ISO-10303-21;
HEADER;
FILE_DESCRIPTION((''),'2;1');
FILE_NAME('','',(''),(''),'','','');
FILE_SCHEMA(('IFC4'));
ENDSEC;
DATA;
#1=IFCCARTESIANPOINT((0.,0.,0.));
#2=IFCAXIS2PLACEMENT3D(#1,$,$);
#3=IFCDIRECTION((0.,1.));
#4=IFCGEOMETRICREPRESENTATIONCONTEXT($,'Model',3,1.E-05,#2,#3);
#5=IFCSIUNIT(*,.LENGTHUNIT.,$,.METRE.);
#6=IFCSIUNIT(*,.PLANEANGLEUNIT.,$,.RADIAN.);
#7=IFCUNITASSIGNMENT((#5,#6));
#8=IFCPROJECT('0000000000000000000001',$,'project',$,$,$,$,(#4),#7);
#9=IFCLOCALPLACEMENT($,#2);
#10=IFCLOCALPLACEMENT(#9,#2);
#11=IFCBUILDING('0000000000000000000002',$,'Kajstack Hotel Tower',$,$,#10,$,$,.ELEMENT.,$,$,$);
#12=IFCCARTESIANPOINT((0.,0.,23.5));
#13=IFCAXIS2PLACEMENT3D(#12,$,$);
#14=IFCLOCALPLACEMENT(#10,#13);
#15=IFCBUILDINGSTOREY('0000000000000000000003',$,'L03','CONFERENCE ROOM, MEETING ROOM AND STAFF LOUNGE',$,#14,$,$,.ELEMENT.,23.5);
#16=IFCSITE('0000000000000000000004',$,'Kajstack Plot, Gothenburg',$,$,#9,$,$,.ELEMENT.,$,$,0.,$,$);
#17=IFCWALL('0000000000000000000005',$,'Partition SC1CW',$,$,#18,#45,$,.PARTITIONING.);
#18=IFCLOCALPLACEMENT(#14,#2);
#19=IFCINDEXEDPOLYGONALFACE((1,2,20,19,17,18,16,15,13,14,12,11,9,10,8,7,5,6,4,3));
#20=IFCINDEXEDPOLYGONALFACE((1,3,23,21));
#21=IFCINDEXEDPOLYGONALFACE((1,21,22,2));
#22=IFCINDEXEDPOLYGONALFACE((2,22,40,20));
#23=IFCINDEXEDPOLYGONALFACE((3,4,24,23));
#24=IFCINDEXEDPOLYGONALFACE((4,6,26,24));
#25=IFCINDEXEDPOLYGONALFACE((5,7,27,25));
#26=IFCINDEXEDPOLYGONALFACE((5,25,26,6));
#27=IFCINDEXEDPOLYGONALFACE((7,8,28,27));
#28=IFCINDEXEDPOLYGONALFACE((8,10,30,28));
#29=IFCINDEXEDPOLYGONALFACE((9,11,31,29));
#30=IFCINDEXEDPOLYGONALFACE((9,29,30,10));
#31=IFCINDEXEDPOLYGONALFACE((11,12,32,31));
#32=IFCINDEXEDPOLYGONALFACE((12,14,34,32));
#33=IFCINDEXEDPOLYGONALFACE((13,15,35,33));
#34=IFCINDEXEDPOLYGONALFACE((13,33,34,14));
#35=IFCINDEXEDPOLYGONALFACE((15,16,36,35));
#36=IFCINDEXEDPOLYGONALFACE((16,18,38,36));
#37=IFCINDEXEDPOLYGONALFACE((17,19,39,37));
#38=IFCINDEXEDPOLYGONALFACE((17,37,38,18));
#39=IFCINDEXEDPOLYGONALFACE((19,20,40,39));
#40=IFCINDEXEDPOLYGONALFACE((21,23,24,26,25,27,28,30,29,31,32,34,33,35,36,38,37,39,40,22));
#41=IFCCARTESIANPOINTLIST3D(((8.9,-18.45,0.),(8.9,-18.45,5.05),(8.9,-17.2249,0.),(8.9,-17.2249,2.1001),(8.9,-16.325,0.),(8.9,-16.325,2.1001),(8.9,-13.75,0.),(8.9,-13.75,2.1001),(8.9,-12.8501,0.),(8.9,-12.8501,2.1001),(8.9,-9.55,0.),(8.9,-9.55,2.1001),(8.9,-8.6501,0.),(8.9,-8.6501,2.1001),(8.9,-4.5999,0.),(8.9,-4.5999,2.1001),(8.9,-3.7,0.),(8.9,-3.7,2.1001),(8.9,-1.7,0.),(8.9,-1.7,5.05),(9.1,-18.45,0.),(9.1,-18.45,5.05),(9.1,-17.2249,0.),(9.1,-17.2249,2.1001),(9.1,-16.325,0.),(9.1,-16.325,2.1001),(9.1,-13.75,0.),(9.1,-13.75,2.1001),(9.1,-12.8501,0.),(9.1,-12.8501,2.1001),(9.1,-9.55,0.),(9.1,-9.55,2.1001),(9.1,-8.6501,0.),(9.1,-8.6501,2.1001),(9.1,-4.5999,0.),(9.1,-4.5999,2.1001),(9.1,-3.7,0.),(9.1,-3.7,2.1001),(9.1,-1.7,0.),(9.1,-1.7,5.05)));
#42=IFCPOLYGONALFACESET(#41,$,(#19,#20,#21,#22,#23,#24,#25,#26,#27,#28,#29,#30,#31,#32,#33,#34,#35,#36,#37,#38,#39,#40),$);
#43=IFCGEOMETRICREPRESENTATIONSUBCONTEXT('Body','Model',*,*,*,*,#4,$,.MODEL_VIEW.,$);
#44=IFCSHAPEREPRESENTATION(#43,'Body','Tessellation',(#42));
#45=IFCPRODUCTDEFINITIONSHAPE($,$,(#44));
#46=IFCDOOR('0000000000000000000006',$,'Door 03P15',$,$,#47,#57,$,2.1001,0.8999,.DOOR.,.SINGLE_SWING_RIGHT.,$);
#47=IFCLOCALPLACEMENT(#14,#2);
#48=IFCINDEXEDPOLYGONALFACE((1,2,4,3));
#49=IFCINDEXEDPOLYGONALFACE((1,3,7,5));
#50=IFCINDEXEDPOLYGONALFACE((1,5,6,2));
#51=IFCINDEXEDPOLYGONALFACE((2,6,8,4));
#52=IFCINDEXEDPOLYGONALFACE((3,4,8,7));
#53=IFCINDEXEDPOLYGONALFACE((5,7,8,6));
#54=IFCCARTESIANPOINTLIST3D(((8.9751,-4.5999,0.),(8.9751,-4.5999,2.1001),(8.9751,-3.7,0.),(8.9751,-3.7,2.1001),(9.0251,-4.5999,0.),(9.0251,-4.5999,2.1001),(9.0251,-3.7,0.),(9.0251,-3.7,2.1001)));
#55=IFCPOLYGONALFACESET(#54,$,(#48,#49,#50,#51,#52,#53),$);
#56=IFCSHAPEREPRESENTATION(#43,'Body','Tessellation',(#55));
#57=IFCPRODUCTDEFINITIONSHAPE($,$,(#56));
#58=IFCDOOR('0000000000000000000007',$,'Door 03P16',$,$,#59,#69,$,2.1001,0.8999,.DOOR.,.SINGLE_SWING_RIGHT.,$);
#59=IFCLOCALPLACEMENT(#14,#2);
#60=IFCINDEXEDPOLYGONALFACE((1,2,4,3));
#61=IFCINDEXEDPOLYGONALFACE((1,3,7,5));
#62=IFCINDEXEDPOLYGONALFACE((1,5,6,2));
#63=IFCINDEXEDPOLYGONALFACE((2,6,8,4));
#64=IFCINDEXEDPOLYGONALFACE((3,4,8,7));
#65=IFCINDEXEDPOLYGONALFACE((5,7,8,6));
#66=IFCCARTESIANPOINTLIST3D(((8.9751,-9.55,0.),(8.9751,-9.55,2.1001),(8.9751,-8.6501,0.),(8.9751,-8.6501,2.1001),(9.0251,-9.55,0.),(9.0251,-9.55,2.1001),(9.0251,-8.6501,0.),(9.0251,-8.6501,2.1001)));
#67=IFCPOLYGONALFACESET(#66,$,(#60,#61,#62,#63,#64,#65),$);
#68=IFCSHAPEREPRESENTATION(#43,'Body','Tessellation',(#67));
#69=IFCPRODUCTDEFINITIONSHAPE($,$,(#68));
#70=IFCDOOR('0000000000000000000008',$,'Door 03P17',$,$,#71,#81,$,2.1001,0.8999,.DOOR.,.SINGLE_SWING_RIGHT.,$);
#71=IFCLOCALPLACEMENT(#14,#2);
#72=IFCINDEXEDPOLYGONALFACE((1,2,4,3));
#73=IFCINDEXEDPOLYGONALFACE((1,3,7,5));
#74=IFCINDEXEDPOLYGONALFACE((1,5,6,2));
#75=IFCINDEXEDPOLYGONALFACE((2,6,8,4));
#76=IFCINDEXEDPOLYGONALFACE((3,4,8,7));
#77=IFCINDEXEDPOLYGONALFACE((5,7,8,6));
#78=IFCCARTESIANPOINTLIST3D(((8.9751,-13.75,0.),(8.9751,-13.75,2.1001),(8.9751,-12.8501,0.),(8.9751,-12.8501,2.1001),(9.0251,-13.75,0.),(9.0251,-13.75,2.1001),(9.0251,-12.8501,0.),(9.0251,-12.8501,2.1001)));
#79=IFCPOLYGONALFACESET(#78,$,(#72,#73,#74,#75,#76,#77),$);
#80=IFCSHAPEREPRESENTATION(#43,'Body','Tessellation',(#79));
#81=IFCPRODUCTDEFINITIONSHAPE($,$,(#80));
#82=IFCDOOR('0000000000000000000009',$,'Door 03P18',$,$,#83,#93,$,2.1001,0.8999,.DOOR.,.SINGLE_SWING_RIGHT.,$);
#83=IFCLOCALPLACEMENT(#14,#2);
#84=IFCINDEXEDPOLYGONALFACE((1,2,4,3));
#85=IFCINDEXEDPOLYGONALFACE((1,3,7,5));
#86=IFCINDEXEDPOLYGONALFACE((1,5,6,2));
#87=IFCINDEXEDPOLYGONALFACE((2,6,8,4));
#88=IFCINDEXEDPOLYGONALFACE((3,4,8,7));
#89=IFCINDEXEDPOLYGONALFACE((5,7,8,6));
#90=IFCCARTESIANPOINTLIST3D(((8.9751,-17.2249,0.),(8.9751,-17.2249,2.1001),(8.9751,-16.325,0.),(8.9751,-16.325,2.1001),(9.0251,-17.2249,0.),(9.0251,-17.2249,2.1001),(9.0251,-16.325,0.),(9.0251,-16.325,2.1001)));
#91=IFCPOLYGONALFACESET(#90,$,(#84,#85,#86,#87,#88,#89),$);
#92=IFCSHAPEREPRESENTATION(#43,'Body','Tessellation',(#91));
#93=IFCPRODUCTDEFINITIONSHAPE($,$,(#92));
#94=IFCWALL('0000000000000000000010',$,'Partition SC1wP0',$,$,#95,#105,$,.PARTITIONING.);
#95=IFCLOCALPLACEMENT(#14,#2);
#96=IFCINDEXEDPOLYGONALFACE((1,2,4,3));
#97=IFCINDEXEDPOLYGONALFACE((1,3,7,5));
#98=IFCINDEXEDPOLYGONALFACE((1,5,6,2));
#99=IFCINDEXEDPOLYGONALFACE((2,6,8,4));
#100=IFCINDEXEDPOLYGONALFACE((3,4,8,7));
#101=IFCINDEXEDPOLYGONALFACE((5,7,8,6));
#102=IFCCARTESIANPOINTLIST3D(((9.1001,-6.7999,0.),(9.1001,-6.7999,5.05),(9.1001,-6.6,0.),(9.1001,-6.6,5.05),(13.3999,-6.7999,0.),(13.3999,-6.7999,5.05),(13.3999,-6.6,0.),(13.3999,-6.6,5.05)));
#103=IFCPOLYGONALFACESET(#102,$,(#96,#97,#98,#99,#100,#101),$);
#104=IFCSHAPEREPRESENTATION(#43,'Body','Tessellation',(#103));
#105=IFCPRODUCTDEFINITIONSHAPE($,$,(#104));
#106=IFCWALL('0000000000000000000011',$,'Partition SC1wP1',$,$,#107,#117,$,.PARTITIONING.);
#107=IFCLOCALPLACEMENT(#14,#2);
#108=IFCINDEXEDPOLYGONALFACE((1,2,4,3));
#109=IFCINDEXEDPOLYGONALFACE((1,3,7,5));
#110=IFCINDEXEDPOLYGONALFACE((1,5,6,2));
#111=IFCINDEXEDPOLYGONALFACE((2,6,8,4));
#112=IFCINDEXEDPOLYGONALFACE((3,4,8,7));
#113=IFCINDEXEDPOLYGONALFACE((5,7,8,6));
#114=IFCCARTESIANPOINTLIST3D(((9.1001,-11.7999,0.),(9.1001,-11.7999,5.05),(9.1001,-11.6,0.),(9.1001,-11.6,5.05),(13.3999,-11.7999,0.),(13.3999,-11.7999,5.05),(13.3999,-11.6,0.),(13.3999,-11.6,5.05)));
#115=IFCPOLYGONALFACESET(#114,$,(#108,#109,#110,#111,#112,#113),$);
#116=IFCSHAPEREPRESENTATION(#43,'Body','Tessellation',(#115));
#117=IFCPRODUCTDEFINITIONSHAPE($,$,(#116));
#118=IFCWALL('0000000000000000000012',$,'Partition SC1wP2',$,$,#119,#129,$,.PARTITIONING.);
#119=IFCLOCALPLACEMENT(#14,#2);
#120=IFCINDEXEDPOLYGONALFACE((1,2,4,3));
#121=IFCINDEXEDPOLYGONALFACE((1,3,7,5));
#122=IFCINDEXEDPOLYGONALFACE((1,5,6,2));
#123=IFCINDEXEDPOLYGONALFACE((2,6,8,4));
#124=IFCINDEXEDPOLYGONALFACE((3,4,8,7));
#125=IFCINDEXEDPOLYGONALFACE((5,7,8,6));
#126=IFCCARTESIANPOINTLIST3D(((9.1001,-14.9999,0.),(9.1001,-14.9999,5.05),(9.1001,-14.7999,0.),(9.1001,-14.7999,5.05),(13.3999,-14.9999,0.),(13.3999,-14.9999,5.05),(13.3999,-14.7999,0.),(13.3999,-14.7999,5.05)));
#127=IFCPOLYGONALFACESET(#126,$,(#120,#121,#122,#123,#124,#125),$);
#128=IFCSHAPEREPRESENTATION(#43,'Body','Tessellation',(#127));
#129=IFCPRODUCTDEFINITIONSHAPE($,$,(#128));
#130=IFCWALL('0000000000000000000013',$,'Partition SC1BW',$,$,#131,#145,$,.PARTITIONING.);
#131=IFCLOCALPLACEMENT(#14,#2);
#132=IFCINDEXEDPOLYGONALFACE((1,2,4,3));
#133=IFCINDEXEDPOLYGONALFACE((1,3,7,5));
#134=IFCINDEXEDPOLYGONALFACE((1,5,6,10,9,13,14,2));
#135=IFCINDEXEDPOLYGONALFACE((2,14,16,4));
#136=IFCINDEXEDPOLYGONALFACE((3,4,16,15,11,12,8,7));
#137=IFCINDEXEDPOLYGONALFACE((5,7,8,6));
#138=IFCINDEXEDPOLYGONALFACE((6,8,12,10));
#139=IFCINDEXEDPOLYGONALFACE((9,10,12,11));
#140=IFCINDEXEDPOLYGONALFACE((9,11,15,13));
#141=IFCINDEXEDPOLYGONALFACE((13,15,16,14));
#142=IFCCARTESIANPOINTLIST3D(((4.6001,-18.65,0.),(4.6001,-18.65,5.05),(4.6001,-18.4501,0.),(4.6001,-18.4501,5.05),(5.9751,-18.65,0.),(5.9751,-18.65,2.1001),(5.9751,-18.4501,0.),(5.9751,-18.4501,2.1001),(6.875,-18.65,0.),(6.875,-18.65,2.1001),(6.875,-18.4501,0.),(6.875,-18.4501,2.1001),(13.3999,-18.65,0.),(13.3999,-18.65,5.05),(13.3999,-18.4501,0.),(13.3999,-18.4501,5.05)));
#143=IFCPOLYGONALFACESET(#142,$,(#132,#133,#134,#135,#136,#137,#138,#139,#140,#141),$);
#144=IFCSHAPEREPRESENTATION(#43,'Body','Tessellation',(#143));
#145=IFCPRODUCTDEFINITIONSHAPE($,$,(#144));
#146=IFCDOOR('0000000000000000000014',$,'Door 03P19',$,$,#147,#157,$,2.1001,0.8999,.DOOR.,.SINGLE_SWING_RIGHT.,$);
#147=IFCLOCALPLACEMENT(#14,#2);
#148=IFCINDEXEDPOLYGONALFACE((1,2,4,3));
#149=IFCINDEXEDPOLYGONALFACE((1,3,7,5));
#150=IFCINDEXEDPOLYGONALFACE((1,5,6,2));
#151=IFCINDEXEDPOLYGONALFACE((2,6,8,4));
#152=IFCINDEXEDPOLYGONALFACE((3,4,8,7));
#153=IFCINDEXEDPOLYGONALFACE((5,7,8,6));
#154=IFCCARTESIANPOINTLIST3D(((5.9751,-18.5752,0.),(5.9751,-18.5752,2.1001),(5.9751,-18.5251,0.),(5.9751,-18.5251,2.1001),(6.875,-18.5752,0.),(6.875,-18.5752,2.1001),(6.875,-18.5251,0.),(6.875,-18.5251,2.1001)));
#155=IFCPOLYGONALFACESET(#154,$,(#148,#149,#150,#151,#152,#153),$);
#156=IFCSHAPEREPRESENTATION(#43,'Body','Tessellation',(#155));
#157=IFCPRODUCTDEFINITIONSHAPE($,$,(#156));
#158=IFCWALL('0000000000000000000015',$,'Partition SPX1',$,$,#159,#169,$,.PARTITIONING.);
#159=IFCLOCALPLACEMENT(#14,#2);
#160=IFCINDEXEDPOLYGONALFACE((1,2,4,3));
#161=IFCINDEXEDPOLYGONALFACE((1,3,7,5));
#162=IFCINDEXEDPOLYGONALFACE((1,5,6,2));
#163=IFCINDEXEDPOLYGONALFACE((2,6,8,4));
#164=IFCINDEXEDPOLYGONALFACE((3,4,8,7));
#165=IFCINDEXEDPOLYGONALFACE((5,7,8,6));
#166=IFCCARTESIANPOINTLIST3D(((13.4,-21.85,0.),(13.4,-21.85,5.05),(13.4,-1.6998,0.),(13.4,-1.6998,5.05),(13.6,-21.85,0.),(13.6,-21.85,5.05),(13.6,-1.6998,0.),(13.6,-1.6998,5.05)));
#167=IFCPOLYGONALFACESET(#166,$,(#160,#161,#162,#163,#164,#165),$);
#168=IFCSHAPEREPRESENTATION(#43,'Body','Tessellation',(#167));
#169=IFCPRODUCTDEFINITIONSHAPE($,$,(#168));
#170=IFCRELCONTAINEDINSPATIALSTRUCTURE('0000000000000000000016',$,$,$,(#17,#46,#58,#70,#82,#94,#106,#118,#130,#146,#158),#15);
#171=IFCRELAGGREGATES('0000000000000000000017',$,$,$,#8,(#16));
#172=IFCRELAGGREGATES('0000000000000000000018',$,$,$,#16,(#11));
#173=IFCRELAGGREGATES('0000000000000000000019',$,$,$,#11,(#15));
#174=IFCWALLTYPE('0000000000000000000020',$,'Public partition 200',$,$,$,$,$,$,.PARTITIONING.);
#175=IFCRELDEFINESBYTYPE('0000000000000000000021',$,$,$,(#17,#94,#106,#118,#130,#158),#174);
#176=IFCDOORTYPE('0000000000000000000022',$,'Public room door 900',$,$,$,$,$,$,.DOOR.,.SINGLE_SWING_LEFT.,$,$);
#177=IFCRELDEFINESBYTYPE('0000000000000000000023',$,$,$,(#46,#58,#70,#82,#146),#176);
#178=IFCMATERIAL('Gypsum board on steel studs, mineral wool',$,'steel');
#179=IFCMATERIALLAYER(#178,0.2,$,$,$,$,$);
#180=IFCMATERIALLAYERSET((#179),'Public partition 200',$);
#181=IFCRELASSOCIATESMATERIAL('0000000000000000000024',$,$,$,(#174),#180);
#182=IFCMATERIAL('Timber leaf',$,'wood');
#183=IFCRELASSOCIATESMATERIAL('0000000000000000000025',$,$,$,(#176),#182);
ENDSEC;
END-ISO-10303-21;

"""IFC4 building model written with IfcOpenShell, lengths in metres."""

from ifc_helpers import new_model, si_unit, direction, frame, frame_2d, origin, place, context, subcontext, project, spatial, rectangle, extrude, material, layer, layer_set, type_object, element, fill, save


model = new_model("IFC4")

# Units and contexts
model_context = context("Model", 3, precision=1e-05, world=origin(), true_north=direction((0.0, 1.0)))
body_context = subcontext(model_context, "Body", "Model", "MODEL_VIEW")
ifc_project = project(units=[si_unit("LENGTHUNIT", "METRE"), si_unit("PLANEANGLEUNIT", "RADIAN")], contexts=[model_context])

# Site, building, storey
site_placement = place(None, origin())
site = spatial("IfcSite", under=ifc_project, at=site_placement, Name="Kajstack Plot, Gothenburg", CompositionType="ELEMENT", RefElevation=0.0)
building_placement = place(site_placement, origin())
building = spatial("IfcBuilding", under=site, at=building_placement, Name="Kajstack Hotel Tower", CompositionType="ELEMENT")
storey_placement = place(building_placement, frame((0.0, 0.0, 23.5)))
storey = spatial("IfcBuildingStorey", under=building, at=storey_placement, Name="L03", Description="CONFERENCE ROOM, MEETING ROOM AND STAFF LOUNGE", CompositionType="ELEMENT", Elevation=23.5)

# Shared definitions
ifc_material_1 = material(Name="Gypsum board on steel studs, mineral wool", Category="steel")
ifc_layer_1 = layer(ifc_material_1, 0.2)
ifc_layer_set_1 = layer_set([ifc_layer_1], Name="Public partition 200")
wall_type = type_object("IfcWallType", Name="Public partition 200", PredefinedType="PARTITIONING", material=ifc_layer_set_1)

# Wall, openings, doors
wall_1_placement = place(storey_placement, frame((9.0, -18.45, 0.0), z_axis=(0.0, 0.0, 1.0), x_axis=(0.0, 1.0, 0.0)))
wall_1 = element("IfcWall", 1, at=wall_1_placement, inside=storey, type_object=wall_type, Name="Partition SC1CW", PredefinedType="PARTITIONING", context=body_context, shape_type="SweptSolid", body=[
    extrude(rectangle(XDim=16.75, YDim=0.2, at=frame_2d((8.375, 0.0))), origin(), (0.0, 0.0, 1.0), 5.05),
])
opening_1_placement = place(wall_1_placement, frame((13.8501, 0.0, 0.0)))
opening_1 = element("IfcOpeningElement", 2, at=opening_1_placement, cuts=wall_1, PredefinedType="OPENING", context=body_context, shape_type="SweptSolid", body=[
    extrude(rectangle(XDim=0.8999, YDim=2.1001, at=frame_2d((0.45, 1.05))), frame((0.0, 0.1099, 0.0), z_axis=(0.0, -1.0, 0.0), x_axis=(1.0, 0.0, 0.0)), (0.0, 0.0, 1.0), 0.22),
])
opening_2_placement = place(wall_1_placement, frame((8.8999, 0.0, 0.0)))
opening_2 = element("IfcOpeningElement", 3, at=opening_2_placement, cuts=wall_1, PredefinedType="OPENING", context=body_context, shape_type="SweptSolid", body=[
    extrude(rectangle(XDim=0.8999, YDim=2.1001, at=frame_2d((0.45, 1.05))), frame((0.0, 0.1099, 0.0), z_axis=(0.0, -1.0, 0.0), x_axis=(1.0, 0.0, 0.0)), (0.0, 0.0, 1.0), 0.22),
])
opening_3_placement = place(wall_1_placement, frame((4.7, 0.0, 0.0)))
opening_3 = element("IfcOpeningElement", 4, at=opening_3_placement, cuts=wall_1, PredefinedType="OPENING", context=body_context, shape_type="SweptSolid", body=[
    extrude(rectangle(XDim=0.8999, YDim=2.1001, at=frame_2d((0.45, 1.05))), frame((0.0, 0.1099, 0.0), z_axis=(0.0, -1.0, 0.0), x_axis=(1.0, 0.0, 0.0)), (0.0, 0.0, 1.0), 0.22),
])
opening_4_placement = place(wall_1_placement, frame((1.2251, 0.0, 0.0)))
opening_4 = element("IfcOpeningElement", 5, at=opening_4_placement, cuts=wall_1, PredefinedType="OPENING", context=body_context, shape_type="SweptSolid", body=[
    extrude(rectangle(XDim=0.8999, YDim=2.1001, at=frame_2d((0.45, 1.05))), frame((0.0, 0.1099, 0.0), z_axis=(0.0, -1.0, 0.0), x_axis=(1.0, 0.0, 0.0)), (0.0, 0.0, 1.0), 0.22),
])
ifc_material_2 = material(Name="Timber leaf", Category="wood")
door_type = type_object("IfcDoorType", Name="Public room door 900", OperationType="SINGLE_SWING_LEFT", PredefinedType="DOOR", material=ifc_material_2)
door_1_placement = place(opening_1_placement, origin())
door_1 = element("IfcDoor", 6, at=door_1_placement, inside=storey, type_object=door_type, Name="Door 03P15", OperationType="SINGLE_SWING_RIGHT", OverallHeight=2.1001, OverallWidth=0.8999, PredefinedType="DOOR", context=body_context, shape_type="SweptSolid", body=[
    extrude(rectangle(XDim=0.8999, YDim=2.1001, at=frame_2d((0.45, 1.05))), frame((0.0, 0.0249, 0.0), z_axis=(0.0, -1.0, 0.0), x_axis=(1.0, 0.0, 0.0)), (0.0, 0.0, 1.0), 0.05),
])
fill(opening_1, door_1)
door_2_placement = place(opening_2_placement, origin())
door_2 = element("IfcDoor", 7, at=door_2_placement, inside=storey, type_object=door_type, Name="Door 03P16", OperationType="SINGLE_SWING_RIGHT", OverallHeight=2.1001, OverallWidth=0.8999, PredefinedType="DOOR", context=body_context, shape_type="SweptSolid", body=[
    extrude(rectangle(XDim=0.8999, YDim=2.1001, at=frame_2d((0.45, 1.05))), frame((0.0, 0.0249, 0.0), z_axis=(0.0, -1.0, 0.0), x_axis=(1.0, 0.0, 0.0)), (0.0, 0.0, 1.0), 0.05),
])
fill(opening_2, door_2)
door_3_placement = place(opening_3_placement, origin())
door_3 = element("IfcDoor", 8, at=door_3_placement, inside=storey, type_object=door_type, Name="Door 03P17", OperationType="SINGLE_SWING_RIGHT", OverallHeight=2.1001, OverallWidth=0.8999, PredefinedType="DOOR", context=body_context, shape_type="SweptSolid", body=[
    extrude(rectangle(XDim=0.8999, YDim=2.1001, at=frame_2d((0.45, 1.05))), frame((0.0, 0.0249, 0.0), z_axis=(0.0, -1.0, 0.0), x_axis=(1.0, 0.0, 0.0)), (0.0, 0.0, 1.0), 0.05),
])
fill(opening_3, door_3)
door_4_placement = place(opening_4_placement, origin())
door_4 = element("IfcDoor", 9, at=door_4_placement, inside=storey, type_object=door_type, Name="Door 03P18", OperationType="SINGLE_SWING_RIGHT", OverallHeight=2.1001, OverallWidth=0.8999, PredefinedType="DOOR", context=body_context, shape_type="SweptSolid", body=[
    extrude(rectangle(XDim=0.8999, YDim=2.1001, at=frame_2d((0.45, 1.05))), frame((0.0, 0.0249, 0.0), z_axis=(0.0, -1.0, 0.0), x_axis=(1.0, 0.0, 0.0)), (0.0, 0.0, 1.0), 0.05),
])
fill(opening_4, door_4)

# Walls
for number, where, z_axis, x_axis, name in (
    (10, (9.1001, -6.7, 0.0), (0.0, 0.0, 1.0), (1.0, 0.0, 0.0), "Partition SC1wP0"),
    (11, (9.1001, -11.7, 0.0), (0.0, 0.0, 1.0), (1.0, 0.0, 0.0), "Partition SC1wP1"),
    (12, (9.1001, -14.8999, 0.0), (0.0, 0.0, 1.0), (1.0, 0.0, 0.0), "Partition SC1wP2"),
):
    element("IfcWall", number, at=place(storey_placement, frame(where, z_axis=z_axis, x_axis=x_axis)), inside=storey, type_object=wall_type, Name=name, PredefinedType="PARTITIONING", context=body_context, shape_type="SweptSolid", body=[
        extrude(rectangle(XDim=4.2998, YDim=0.2, at=frame_2d((2.1499, 0.0))), origin(), (0.0, 0.0, 1.0), 5.05),
    ])

# Wall, opening, door
wall_2_placement = place(storey_placement, frame((4.6001, -18.55, 0.0), z_axis=(0.0, 0.0, 1.0), x_axis=(1.0, 0.0, 0.0)))
wall_2 = element("IfcWall", 13, at=wall_2_placement, inside=storey, type_object=wall_type, Name="Partition SC1BW", PredefinedType="PARTITIONING", context=body_context, shape_type="SweptSolid", body=[
    extrude(rectangle(XDim=8.7998, YDim=0.2, at=frame_2d((4.3999, 0.0))), origin(), (0.0, 0.0, 1.0), 5.05),
])
opening_5_placement = place(wall_2_placement, frame((1.375, 0.0, 0.0)))
opening_5 = element("IfcOpeningElement", 14, at=opening_5_placement, cuts=wall_2, PredefinedType="OPENING", context=body_context, shape_type="SweptSolid", body=[
    extrude(rectangle(XDim=0.8999, YDim=2.1001, at=frame_2d((0.45, 1.05))), frame((0.0, 0.1099, 0.0), z_axis=(0.0, -1.0, 0.0), x_axis=(1.0, 0.0, 0.0)), (0.0, 0.0, 1.0), 0.22),
])
door_5_placement = place(opening_5_placement, origin())
door_5 = element("IfcDoor", 15, at=door_5_placement, inside=storey, type_object=door_type, Name="Door 03P19", OperationType="SINGLE_SWING_RIGHT", OverallHeight=2.1001, OverallWidth=0.8999, PredefinedType="DOOR", context=body_context, shape_type="SweptSolid", body=[
    extrude(rectangle(XDim=0.8999, YDim=2.1001, at=frame_2d((0.45, 1.05))), frame((0.0, 0.0249, 0.0), z_axis=(0.0, -1.0, 0.0), x_axis=(1.0, 0.0, 0.0)), (0.0, 0.0, 1.0), 0.05),
])
fill(opening_5, door_5)

# Wall
wall_3_placement = place(storey_placement, frame((13.5, -21.8501, 0.0), z_axis=(0.0, 0.0, 1.0), x_axis=(0.0, 1.0, 0.0)))
element("IfcWall", 16, at=wall_3_placement, inside=storey, type_object=wall_type, Name="Partition SPX1", PredefinedType="PARTITIONING", context=body_context, shape_type="SweptSolid", body=[
    extrude(rectangle(XDim=20.1501, YDim=0.2, at=frame_2d((10.0752, 0.0))), origin(), (0.0, 0.0, 1.0), 5.05),
])

save(model, "model.ifc")
